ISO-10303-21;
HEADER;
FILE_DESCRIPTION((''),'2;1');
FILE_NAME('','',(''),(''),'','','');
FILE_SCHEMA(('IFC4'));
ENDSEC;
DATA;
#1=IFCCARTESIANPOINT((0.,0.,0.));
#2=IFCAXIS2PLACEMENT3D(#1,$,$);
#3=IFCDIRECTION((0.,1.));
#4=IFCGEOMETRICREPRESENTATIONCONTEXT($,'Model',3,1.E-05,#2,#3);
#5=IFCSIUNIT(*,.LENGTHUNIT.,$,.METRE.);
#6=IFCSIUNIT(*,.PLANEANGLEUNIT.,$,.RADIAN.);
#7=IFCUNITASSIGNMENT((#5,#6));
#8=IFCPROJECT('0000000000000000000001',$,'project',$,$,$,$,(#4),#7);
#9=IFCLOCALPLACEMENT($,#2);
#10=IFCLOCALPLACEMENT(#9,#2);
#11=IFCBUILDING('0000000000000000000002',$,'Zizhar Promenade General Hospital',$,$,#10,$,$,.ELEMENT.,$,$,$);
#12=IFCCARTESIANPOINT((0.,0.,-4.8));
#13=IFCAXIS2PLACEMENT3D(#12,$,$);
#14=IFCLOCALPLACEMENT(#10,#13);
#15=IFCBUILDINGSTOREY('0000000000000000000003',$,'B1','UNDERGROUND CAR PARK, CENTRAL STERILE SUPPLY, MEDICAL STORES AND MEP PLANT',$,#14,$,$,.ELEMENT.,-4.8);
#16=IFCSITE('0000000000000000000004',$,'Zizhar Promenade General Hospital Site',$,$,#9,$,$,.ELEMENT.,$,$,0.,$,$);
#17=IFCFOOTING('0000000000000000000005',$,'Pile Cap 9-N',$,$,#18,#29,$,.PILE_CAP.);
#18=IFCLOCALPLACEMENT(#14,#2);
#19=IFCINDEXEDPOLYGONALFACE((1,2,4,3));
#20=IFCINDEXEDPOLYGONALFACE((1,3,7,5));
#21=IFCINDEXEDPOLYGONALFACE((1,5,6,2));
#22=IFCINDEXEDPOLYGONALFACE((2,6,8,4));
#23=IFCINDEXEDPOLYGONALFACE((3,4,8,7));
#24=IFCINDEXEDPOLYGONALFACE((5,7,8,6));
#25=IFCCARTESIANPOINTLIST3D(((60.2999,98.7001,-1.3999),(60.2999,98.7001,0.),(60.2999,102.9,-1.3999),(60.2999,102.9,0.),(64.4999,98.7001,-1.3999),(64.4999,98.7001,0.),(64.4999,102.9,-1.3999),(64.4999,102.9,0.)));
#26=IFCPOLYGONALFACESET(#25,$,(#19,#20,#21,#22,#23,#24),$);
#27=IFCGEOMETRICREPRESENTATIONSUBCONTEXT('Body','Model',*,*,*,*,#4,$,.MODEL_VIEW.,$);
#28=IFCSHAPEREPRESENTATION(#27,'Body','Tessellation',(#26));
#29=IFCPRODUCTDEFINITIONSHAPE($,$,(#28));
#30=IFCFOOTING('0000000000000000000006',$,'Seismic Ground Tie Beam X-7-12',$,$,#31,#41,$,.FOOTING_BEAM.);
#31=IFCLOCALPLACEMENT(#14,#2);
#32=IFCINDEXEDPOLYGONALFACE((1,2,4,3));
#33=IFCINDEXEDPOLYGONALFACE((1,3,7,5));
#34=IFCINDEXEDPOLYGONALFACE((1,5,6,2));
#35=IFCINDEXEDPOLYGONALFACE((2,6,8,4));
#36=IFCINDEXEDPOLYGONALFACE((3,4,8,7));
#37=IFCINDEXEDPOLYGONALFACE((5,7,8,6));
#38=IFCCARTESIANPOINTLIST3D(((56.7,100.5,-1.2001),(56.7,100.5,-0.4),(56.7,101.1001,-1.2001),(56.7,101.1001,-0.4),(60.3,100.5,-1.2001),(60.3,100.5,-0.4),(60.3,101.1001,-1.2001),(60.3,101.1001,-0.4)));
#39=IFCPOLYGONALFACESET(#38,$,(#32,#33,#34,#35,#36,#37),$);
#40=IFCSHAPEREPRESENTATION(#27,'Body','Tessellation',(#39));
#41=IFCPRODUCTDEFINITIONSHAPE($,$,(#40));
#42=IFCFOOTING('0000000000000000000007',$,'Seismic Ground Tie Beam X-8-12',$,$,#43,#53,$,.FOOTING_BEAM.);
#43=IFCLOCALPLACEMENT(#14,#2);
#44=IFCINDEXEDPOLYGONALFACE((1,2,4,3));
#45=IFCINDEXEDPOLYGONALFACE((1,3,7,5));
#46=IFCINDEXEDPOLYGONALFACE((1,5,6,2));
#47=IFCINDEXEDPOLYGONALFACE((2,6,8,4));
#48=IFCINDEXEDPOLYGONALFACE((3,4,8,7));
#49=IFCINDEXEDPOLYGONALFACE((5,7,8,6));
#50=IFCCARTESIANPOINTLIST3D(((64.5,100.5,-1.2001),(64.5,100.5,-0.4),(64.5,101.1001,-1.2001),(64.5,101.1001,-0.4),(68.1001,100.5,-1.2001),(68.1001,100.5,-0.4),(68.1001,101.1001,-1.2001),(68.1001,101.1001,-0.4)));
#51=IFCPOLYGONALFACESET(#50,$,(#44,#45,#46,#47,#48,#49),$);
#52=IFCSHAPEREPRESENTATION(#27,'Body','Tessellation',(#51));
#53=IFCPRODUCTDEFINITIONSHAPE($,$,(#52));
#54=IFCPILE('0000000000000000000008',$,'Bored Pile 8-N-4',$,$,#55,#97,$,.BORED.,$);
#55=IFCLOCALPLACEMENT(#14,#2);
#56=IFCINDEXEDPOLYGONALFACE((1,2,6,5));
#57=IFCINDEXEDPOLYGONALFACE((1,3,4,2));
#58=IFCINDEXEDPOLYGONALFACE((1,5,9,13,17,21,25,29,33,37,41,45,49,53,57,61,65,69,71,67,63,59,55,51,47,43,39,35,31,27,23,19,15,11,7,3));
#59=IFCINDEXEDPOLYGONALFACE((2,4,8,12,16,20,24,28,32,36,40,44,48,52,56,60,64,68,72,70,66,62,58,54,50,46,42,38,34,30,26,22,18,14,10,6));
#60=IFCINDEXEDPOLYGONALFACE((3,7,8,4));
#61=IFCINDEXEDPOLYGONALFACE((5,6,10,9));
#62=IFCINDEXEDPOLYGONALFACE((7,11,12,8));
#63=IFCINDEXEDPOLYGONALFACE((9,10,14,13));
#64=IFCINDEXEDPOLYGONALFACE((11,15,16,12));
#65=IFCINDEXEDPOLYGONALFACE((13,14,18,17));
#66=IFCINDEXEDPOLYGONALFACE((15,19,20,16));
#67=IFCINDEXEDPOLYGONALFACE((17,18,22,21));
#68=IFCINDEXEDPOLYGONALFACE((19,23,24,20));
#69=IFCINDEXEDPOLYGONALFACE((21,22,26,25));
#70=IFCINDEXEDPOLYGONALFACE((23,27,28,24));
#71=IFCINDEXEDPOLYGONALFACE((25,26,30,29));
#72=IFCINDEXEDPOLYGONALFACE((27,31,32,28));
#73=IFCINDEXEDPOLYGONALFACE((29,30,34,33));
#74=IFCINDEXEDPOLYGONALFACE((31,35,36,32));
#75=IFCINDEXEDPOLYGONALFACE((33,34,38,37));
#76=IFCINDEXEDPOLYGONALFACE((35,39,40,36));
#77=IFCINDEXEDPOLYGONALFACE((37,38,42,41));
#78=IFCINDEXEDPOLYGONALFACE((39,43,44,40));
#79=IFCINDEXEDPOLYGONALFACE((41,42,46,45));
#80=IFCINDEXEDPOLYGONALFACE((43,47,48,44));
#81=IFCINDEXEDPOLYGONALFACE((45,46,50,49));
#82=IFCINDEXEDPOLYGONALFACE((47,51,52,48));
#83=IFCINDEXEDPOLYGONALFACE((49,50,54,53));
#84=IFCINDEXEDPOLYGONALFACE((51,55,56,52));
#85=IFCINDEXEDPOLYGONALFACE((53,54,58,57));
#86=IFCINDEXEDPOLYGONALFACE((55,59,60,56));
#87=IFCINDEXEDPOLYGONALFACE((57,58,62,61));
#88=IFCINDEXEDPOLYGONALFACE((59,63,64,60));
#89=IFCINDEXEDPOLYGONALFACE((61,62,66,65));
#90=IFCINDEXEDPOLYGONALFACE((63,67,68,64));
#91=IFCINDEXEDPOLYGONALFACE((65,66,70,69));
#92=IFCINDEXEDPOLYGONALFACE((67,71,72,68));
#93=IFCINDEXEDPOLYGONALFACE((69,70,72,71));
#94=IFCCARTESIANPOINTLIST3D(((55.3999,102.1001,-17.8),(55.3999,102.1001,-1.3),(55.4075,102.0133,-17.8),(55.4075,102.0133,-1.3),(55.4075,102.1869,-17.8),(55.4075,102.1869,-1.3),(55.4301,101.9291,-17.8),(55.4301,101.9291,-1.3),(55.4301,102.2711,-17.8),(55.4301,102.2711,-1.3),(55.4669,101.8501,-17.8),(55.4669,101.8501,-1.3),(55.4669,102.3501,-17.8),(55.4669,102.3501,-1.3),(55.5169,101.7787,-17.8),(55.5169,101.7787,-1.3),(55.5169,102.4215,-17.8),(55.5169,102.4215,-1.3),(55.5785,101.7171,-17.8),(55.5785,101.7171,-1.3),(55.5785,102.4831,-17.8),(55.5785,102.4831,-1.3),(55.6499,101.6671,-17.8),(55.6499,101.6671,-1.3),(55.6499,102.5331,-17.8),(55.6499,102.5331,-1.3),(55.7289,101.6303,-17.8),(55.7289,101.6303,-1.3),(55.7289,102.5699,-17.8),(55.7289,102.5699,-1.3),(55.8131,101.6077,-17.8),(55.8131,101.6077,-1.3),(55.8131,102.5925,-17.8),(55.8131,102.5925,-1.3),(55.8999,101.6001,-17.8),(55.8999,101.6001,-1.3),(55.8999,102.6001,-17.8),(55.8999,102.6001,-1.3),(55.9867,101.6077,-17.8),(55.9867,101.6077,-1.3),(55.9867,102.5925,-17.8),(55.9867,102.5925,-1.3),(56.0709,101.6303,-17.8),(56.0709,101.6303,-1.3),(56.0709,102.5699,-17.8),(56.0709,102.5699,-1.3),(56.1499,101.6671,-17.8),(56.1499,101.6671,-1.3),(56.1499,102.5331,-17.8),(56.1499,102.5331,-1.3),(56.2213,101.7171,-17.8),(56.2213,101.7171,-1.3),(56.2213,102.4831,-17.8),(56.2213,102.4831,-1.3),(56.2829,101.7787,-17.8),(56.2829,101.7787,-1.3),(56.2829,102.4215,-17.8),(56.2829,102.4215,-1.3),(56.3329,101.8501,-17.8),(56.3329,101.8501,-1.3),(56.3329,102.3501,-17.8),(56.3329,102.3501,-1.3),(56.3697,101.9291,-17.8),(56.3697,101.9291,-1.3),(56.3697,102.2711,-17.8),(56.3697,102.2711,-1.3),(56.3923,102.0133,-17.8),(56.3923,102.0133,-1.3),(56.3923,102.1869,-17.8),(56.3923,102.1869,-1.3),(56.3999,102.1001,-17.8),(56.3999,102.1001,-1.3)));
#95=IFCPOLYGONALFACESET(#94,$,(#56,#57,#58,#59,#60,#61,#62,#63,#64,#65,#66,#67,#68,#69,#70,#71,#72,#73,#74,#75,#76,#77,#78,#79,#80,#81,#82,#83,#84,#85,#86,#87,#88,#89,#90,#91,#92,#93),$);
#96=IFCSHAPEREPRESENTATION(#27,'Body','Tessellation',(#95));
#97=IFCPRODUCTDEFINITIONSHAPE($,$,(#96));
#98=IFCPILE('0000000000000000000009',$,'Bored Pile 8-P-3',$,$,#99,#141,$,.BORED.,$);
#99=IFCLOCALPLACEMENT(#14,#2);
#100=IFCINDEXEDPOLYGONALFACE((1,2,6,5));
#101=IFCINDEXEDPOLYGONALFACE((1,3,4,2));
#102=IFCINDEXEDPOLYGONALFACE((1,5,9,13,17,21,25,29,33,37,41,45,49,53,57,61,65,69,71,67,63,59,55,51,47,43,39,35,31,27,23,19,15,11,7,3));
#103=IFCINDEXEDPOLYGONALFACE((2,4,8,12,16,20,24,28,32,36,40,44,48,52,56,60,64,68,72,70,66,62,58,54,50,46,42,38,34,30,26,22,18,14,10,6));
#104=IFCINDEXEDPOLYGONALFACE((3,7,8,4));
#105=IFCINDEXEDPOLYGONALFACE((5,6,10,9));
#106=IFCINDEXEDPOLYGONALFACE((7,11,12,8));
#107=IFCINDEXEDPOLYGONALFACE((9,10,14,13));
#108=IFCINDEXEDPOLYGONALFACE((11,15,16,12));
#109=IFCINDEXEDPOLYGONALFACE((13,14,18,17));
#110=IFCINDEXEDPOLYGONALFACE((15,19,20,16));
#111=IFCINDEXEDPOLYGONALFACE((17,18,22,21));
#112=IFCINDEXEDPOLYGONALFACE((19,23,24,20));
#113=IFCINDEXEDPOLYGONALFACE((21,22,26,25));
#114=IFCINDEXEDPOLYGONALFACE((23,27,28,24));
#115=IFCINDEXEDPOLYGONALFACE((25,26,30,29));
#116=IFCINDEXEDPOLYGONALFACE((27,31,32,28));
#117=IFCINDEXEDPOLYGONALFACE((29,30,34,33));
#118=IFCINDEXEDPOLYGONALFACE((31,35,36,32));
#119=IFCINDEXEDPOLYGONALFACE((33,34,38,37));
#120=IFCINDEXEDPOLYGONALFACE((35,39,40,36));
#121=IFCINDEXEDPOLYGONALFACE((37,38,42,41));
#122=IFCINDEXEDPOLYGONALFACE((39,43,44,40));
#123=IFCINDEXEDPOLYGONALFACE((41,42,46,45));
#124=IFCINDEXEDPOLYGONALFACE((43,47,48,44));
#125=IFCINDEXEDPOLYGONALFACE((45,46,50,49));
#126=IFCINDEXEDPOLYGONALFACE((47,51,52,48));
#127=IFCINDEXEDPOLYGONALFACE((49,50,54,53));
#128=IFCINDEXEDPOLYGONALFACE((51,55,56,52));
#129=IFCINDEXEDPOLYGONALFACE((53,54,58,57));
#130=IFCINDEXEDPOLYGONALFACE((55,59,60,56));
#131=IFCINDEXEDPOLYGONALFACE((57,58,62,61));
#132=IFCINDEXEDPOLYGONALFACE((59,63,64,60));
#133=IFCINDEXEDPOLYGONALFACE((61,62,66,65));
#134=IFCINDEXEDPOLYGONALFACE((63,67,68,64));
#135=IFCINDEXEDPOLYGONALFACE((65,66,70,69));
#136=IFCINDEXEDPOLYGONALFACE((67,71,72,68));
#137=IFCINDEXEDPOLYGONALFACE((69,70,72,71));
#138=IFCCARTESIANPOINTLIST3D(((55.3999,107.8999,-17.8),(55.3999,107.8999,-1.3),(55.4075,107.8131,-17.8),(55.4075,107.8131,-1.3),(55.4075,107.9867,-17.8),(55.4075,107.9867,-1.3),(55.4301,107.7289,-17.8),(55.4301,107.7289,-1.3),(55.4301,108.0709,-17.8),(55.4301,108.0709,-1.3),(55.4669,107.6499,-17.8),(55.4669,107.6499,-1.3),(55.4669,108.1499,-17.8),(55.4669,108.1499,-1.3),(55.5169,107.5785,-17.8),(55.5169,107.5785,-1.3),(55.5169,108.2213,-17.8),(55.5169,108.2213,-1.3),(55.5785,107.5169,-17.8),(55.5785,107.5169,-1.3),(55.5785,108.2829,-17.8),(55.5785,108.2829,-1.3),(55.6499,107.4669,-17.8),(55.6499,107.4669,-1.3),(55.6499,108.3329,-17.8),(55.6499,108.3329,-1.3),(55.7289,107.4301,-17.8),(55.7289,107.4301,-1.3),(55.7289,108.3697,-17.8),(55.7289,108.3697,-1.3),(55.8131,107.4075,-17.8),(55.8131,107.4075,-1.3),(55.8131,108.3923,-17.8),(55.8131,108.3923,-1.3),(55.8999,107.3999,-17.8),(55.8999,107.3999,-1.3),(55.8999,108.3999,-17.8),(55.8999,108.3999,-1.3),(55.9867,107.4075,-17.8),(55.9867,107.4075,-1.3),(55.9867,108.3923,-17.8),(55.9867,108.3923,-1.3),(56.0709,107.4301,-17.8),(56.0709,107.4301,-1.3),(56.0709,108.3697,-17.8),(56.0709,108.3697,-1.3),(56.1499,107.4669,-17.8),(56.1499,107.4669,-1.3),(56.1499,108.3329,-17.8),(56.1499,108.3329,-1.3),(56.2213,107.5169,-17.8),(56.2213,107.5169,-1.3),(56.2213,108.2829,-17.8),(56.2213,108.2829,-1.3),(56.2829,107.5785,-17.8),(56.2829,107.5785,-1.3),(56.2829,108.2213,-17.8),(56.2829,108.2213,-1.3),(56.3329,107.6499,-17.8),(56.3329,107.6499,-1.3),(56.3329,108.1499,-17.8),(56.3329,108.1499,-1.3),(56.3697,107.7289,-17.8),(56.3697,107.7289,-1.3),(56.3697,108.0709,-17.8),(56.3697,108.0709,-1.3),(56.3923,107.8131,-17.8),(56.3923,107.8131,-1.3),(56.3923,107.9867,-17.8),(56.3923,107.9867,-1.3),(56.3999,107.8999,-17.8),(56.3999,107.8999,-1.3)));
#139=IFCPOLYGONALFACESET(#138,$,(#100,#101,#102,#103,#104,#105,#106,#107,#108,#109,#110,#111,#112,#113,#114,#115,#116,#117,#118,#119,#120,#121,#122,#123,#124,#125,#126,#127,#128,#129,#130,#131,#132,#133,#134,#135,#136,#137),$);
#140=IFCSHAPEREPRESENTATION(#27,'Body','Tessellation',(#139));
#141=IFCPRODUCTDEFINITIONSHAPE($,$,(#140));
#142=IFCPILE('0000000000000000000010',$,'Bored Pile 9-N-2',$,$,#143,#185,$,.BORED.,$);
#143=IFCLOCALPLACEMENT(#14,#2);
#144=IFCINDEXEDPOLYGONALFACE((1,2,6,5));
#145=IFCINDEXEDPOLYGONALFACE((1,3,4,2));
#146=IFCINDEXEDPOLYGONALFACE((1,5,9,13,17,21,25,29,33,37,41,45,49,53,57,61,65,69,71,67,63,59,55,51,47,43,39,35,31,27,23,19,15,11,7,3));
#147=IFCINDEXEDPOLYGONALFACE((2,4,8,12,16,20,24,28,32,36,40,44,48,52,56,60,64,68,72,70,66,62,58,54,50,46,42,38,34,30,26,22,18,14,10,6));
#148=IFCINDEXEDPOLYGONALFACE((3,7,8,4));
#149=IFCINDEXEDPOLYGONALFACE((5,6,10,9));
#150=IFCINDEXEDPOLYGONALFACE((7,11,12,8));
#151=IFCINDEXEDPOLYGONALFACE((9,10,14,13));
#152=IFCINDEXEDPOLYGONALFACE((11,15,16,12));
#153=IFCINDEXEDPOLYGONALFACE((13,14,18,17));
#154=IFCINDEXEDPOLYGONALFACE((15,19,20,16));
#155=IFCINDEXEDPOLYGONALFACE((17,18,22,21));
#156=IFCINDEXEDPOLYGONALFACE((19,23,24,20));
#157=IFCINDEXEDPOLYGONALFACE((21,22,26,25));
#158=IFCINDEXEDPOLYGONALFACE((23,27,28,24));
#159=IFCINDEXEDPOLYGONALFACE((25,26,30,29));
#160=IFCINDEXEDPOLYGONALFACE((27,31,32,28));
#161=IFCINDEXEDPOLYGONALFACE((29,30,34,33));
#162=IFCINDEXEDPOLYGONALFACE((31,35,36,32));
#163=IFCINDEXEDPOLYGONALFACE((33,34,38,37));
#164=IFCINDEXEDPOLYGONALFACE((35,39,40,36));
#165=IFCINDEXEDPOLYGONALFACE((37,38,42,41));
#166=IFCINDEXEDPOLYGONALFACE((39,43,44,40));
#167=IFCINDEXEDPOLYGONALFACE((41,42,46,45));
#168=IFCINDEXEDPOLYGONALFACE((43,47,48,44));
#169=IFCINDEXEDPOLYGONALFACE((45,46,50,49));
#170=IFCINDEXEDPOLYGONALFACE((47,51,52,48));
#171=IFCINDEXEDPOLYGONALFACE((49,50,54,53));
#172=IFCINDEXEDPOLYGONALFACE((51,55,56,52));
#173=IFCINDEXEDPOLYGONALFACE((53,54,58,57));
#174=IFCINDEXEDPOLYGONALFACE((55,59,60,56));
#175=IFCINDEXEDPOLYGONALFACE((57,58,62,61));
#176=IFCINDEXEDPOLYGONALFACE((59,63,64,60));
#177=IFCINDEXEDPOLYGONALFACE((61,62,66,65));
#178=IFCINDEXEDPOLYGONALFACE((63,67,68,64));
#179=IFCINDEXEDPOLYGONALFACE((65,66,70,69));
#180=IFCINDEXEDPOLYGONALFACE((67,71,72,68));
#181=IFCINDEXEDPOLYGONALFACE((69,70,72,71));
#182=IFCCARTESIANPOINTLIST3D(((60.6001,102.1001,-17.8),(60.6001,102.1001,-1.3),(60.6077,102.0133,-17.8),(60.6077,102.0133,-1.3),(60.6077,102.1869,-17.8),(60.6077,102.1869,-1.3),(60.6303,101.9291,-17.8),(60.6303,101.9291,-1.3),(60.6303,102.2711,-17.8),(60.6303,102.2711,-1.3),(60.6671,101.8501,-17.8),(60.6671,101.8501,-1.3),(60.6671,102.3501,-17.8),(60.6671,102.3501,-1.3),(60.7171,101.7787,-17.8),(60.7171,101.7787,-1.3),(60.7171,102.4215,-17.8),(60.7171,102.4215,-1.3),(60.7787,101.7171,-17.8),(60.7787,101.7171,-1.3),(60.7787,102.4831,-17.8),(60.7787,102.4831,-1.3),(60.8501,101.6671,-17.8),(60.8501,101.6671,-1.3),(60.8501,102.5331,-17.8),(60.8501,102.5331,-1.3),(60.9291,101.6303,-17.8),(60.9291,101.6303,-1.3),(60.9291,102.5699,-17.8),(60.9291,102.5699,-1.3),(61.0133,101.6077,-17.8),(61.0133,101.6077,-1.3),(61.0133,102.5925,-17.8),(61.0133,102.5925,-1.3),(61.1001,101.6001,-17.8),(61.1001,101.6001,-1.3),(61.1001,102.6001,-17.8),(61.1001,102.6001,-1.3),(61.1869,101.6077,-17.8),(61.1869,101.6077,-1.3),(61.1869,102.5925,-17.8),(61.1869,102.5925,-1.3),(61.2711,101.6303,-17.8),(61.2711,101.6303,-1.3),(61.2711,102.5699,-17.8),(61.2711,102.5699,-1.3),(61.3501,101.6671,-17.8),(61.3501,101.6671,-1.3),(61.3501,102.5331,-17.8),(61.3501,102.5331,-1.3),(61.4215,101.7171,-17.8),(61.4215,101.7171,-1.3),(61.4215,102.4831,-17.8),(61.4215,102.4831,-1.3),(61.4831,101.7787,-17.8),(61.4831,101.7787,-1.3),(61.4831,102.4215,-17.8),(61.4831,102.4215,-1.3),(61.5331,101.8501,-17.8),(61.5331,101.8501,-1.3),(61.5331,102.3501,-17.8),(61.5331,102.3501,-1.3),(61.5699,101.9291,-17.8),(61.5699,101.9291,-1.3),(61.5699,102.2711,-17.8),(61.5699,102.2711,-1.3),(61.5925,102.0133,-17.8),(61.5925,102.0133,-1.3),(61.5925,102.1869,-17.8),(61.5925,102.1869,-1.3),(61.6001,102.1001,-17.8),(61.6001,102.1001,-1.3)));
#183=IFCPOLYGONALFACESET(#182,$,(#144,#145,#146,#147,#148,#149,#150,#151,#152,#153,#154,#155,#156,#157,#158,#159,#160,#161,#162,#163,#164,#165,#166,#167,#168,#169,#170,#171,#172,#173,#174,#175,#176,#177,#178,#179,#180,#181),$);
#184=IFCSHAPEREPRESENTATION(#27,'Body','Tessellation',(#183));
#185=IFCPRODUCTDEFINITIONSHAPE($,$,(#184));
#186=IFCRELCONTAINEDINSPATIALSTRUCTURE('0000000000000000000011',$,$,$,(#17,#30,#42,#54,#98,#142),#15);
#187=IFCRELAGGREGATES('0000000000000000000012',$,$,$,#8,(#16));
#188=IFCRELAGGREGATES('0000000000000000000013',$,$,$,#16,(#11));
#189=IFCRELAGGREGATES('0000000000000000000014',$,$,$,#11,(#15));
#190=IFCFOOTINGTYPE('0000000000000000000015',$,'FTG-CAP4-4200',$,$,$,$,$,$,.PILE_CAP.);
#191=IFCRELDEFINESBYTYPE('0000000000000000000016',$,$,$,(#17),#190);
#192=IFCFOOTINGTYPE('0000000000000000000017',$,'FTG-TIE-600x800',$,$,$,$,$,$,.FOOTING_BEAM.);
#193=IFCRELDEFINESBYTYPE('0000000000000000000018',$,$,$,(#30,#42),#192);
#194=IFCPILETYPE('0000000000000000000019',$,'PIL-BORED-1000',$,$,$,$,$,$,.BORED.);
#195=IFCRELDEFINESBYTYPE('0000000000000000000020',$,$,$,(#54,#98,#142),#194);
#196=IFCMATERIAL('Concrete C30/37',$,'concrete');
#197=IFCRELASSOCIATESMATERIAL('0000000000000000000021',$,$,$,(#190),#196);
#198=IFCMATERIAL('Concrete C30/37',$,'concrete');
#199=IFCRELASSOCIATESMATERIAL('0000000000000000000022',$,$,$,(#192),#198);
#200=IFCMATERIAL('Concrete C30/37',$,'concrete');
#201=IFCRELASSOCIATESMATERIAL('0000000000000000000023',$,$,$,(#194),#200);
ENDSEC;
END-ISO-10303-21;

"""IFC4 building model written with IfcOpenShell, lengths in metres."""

from ifc_helpers import new_model, si_unit, direction, frame, origin, origin_2d, place, context, subcontext, project, spatial, rectangle, circle, extrude, material, material_profile, profile_set, type_object, element, save


model = new_model("IFC4")

# Units and contexts
model_context = context("Model", 3, precision=1e-05, world=origin(), true_north=direction((0.0, 1.0)))
body_context = subcontext(model_context, "Body", "Model", "MODEL_VIEW")
ifc_project = project(units=[si_unit("LENGTHUNIT", "METRE"), si_unit("PLANEANGLEUNIT", "RADIAN")], contexts=[model_context])

# Site, building, storey
site_placement = place(None, origin())
site = spatial("IfcSite", under=ifc_project, at=site_placement, Name="Zizhar Promenade General Hospital Site", CompositionType="ELEMENT", RefElevation=0.0)
building_placement = place(site_placement, origin())
building = spatial("IfcBuilding", under=site, at=building_placement, Name="Zizhar Promenade General Hospital", CompositionType="ELEMENT")
storey_placement = place(building_placement, frame((0.0, 0.0, -4.8)))
storey = spatial("IfcBuildingStorey", under=building, at=storey_placement, Name="B1", Description="UNDERGROUND CAR PARK, CENTRAL STERILE SUPPLY, MEDICAL STORES AND MEP PLANT", CompositionType="ELEMENT", Elevation=-4.8)

# Footings
ifc_material_1 = material(Name="Concrete C30/37", Category="concrete")
footing_type_1 = type_object("IfcFootingType", Name="FTG-CAP4-4200", PredefinedType="PILE_CAP", material=ifc_material_1)
footing_placement = place(storey_placement, frame((62.3999, 100.8, -1.3999), z_axis=(0.0, 0.0, 1.0), x_axis=(1.0, 0.0, 0.0)))
element("IfcFooting", 1, at=footing_placement, inside=storey, type_object=footing_type_1, Name="Pile Cap 9-N", PredefinedType="PILE_CAP", context=body_context, shape_type="SweptSolid", body=[
    extrude(rectangle(XDim=4.2, YDim=4.2, at=origin_2d()), origin(), (0.0, 0.0, 1.0), 1.3999),
])
ifc_material_2 = material(Name="Concrete C30/37", Category="concrete")
ifc_material_profile_1 = material_profile(ifc_material_2, rectangle(XDim=0.6001, YDim=0.8, at=origin_2d()))
ifc_profile_set_1 = profile_set([ifc_material_profile_1], Name="Concrete C30/37")
footing_type_2 = type_object("IfcFootingType", Name="FTG-TIE-600x800", PredefinedType="FOOTING_BEAM", material=ifc_profile_set_1)
for number, where, z_axis, x_axis, name in (
    (2, (56.7, 100.8, -0.8), (1.0, 0.0, 0.0), (0.0, 1.0, 0.0), "Seismic Ground Tie Beam X-7-12"),
    (3, (64.5, 100.8, -0.8), (1.0, 0.0, 0.0), (0.0, 1.0, 0.0), "Seismic Ground Tie Beam X-8-12"),
):
    element("IfcFooting", number, at=place(storey_placement, frame(where, z_axis=z_axis, x_axis=x_axis)), inside=storey, type_object=footing_type_2, Name=name, PredefinedType="FOOTING_BEAM", context=body_context, shape_type="SweptSolid", body=[
        extrude(rectangle(XDim=0.6001, YDim=0.8, at=origin_2d()), origin(), (0.0, 0.0, 1.0), 3.6001),
    ])

# Piles
ifc_material_3 = material(Name="Concrete C30/37", Category="concrete")
ifc_material_profile_2 = material_profile(ifc_material_3, circle(Radius=0.5, at=origin_2d()))
ifc_profile_set_2 = profile_set([ifc_material_profile_2], Name="Concrete C30/37")
pile_type = type_object("IfcPileType", Name="PIL-BORED-1000", PredefinedType="BORED", material=ifc_profile_set_2)
for number, where, z_axis, x_axis, name in (
    (4, (55.8999, 102.1001, -1.3), (0.0, 0.0, -1.0), (1.0, 0.0, 0.0), "Bored Pile 8-N-4"),
    (5, (55.8999, 107.8999, -1.3), (0.0, 0.0, -1.0), (1.0, 0.0, 0.0), "Bored Pile 8-P-3"),
    (6, (61.1001, 102.1001, -1.3), (0.0, 0.0, -1.0), (1.0, 0.0, 0.0), "Bored Pile 9-N-2"),
):
    element("IfcPile", number, at=place(storey_placement, frame(where, z_axis=z_axis, x_axis=x_axis)), inside=storey, type_object=pile_type, Name=name, PredefinedType="BORED", context=body_context, shape_type="SweptSolid", body=[
        extrude(circle(Radius=0.5, at=origin_2d()), origin(), (0.0, 0.0, 1.0), 16.5),
    ])

save(model, "model.ifc")
